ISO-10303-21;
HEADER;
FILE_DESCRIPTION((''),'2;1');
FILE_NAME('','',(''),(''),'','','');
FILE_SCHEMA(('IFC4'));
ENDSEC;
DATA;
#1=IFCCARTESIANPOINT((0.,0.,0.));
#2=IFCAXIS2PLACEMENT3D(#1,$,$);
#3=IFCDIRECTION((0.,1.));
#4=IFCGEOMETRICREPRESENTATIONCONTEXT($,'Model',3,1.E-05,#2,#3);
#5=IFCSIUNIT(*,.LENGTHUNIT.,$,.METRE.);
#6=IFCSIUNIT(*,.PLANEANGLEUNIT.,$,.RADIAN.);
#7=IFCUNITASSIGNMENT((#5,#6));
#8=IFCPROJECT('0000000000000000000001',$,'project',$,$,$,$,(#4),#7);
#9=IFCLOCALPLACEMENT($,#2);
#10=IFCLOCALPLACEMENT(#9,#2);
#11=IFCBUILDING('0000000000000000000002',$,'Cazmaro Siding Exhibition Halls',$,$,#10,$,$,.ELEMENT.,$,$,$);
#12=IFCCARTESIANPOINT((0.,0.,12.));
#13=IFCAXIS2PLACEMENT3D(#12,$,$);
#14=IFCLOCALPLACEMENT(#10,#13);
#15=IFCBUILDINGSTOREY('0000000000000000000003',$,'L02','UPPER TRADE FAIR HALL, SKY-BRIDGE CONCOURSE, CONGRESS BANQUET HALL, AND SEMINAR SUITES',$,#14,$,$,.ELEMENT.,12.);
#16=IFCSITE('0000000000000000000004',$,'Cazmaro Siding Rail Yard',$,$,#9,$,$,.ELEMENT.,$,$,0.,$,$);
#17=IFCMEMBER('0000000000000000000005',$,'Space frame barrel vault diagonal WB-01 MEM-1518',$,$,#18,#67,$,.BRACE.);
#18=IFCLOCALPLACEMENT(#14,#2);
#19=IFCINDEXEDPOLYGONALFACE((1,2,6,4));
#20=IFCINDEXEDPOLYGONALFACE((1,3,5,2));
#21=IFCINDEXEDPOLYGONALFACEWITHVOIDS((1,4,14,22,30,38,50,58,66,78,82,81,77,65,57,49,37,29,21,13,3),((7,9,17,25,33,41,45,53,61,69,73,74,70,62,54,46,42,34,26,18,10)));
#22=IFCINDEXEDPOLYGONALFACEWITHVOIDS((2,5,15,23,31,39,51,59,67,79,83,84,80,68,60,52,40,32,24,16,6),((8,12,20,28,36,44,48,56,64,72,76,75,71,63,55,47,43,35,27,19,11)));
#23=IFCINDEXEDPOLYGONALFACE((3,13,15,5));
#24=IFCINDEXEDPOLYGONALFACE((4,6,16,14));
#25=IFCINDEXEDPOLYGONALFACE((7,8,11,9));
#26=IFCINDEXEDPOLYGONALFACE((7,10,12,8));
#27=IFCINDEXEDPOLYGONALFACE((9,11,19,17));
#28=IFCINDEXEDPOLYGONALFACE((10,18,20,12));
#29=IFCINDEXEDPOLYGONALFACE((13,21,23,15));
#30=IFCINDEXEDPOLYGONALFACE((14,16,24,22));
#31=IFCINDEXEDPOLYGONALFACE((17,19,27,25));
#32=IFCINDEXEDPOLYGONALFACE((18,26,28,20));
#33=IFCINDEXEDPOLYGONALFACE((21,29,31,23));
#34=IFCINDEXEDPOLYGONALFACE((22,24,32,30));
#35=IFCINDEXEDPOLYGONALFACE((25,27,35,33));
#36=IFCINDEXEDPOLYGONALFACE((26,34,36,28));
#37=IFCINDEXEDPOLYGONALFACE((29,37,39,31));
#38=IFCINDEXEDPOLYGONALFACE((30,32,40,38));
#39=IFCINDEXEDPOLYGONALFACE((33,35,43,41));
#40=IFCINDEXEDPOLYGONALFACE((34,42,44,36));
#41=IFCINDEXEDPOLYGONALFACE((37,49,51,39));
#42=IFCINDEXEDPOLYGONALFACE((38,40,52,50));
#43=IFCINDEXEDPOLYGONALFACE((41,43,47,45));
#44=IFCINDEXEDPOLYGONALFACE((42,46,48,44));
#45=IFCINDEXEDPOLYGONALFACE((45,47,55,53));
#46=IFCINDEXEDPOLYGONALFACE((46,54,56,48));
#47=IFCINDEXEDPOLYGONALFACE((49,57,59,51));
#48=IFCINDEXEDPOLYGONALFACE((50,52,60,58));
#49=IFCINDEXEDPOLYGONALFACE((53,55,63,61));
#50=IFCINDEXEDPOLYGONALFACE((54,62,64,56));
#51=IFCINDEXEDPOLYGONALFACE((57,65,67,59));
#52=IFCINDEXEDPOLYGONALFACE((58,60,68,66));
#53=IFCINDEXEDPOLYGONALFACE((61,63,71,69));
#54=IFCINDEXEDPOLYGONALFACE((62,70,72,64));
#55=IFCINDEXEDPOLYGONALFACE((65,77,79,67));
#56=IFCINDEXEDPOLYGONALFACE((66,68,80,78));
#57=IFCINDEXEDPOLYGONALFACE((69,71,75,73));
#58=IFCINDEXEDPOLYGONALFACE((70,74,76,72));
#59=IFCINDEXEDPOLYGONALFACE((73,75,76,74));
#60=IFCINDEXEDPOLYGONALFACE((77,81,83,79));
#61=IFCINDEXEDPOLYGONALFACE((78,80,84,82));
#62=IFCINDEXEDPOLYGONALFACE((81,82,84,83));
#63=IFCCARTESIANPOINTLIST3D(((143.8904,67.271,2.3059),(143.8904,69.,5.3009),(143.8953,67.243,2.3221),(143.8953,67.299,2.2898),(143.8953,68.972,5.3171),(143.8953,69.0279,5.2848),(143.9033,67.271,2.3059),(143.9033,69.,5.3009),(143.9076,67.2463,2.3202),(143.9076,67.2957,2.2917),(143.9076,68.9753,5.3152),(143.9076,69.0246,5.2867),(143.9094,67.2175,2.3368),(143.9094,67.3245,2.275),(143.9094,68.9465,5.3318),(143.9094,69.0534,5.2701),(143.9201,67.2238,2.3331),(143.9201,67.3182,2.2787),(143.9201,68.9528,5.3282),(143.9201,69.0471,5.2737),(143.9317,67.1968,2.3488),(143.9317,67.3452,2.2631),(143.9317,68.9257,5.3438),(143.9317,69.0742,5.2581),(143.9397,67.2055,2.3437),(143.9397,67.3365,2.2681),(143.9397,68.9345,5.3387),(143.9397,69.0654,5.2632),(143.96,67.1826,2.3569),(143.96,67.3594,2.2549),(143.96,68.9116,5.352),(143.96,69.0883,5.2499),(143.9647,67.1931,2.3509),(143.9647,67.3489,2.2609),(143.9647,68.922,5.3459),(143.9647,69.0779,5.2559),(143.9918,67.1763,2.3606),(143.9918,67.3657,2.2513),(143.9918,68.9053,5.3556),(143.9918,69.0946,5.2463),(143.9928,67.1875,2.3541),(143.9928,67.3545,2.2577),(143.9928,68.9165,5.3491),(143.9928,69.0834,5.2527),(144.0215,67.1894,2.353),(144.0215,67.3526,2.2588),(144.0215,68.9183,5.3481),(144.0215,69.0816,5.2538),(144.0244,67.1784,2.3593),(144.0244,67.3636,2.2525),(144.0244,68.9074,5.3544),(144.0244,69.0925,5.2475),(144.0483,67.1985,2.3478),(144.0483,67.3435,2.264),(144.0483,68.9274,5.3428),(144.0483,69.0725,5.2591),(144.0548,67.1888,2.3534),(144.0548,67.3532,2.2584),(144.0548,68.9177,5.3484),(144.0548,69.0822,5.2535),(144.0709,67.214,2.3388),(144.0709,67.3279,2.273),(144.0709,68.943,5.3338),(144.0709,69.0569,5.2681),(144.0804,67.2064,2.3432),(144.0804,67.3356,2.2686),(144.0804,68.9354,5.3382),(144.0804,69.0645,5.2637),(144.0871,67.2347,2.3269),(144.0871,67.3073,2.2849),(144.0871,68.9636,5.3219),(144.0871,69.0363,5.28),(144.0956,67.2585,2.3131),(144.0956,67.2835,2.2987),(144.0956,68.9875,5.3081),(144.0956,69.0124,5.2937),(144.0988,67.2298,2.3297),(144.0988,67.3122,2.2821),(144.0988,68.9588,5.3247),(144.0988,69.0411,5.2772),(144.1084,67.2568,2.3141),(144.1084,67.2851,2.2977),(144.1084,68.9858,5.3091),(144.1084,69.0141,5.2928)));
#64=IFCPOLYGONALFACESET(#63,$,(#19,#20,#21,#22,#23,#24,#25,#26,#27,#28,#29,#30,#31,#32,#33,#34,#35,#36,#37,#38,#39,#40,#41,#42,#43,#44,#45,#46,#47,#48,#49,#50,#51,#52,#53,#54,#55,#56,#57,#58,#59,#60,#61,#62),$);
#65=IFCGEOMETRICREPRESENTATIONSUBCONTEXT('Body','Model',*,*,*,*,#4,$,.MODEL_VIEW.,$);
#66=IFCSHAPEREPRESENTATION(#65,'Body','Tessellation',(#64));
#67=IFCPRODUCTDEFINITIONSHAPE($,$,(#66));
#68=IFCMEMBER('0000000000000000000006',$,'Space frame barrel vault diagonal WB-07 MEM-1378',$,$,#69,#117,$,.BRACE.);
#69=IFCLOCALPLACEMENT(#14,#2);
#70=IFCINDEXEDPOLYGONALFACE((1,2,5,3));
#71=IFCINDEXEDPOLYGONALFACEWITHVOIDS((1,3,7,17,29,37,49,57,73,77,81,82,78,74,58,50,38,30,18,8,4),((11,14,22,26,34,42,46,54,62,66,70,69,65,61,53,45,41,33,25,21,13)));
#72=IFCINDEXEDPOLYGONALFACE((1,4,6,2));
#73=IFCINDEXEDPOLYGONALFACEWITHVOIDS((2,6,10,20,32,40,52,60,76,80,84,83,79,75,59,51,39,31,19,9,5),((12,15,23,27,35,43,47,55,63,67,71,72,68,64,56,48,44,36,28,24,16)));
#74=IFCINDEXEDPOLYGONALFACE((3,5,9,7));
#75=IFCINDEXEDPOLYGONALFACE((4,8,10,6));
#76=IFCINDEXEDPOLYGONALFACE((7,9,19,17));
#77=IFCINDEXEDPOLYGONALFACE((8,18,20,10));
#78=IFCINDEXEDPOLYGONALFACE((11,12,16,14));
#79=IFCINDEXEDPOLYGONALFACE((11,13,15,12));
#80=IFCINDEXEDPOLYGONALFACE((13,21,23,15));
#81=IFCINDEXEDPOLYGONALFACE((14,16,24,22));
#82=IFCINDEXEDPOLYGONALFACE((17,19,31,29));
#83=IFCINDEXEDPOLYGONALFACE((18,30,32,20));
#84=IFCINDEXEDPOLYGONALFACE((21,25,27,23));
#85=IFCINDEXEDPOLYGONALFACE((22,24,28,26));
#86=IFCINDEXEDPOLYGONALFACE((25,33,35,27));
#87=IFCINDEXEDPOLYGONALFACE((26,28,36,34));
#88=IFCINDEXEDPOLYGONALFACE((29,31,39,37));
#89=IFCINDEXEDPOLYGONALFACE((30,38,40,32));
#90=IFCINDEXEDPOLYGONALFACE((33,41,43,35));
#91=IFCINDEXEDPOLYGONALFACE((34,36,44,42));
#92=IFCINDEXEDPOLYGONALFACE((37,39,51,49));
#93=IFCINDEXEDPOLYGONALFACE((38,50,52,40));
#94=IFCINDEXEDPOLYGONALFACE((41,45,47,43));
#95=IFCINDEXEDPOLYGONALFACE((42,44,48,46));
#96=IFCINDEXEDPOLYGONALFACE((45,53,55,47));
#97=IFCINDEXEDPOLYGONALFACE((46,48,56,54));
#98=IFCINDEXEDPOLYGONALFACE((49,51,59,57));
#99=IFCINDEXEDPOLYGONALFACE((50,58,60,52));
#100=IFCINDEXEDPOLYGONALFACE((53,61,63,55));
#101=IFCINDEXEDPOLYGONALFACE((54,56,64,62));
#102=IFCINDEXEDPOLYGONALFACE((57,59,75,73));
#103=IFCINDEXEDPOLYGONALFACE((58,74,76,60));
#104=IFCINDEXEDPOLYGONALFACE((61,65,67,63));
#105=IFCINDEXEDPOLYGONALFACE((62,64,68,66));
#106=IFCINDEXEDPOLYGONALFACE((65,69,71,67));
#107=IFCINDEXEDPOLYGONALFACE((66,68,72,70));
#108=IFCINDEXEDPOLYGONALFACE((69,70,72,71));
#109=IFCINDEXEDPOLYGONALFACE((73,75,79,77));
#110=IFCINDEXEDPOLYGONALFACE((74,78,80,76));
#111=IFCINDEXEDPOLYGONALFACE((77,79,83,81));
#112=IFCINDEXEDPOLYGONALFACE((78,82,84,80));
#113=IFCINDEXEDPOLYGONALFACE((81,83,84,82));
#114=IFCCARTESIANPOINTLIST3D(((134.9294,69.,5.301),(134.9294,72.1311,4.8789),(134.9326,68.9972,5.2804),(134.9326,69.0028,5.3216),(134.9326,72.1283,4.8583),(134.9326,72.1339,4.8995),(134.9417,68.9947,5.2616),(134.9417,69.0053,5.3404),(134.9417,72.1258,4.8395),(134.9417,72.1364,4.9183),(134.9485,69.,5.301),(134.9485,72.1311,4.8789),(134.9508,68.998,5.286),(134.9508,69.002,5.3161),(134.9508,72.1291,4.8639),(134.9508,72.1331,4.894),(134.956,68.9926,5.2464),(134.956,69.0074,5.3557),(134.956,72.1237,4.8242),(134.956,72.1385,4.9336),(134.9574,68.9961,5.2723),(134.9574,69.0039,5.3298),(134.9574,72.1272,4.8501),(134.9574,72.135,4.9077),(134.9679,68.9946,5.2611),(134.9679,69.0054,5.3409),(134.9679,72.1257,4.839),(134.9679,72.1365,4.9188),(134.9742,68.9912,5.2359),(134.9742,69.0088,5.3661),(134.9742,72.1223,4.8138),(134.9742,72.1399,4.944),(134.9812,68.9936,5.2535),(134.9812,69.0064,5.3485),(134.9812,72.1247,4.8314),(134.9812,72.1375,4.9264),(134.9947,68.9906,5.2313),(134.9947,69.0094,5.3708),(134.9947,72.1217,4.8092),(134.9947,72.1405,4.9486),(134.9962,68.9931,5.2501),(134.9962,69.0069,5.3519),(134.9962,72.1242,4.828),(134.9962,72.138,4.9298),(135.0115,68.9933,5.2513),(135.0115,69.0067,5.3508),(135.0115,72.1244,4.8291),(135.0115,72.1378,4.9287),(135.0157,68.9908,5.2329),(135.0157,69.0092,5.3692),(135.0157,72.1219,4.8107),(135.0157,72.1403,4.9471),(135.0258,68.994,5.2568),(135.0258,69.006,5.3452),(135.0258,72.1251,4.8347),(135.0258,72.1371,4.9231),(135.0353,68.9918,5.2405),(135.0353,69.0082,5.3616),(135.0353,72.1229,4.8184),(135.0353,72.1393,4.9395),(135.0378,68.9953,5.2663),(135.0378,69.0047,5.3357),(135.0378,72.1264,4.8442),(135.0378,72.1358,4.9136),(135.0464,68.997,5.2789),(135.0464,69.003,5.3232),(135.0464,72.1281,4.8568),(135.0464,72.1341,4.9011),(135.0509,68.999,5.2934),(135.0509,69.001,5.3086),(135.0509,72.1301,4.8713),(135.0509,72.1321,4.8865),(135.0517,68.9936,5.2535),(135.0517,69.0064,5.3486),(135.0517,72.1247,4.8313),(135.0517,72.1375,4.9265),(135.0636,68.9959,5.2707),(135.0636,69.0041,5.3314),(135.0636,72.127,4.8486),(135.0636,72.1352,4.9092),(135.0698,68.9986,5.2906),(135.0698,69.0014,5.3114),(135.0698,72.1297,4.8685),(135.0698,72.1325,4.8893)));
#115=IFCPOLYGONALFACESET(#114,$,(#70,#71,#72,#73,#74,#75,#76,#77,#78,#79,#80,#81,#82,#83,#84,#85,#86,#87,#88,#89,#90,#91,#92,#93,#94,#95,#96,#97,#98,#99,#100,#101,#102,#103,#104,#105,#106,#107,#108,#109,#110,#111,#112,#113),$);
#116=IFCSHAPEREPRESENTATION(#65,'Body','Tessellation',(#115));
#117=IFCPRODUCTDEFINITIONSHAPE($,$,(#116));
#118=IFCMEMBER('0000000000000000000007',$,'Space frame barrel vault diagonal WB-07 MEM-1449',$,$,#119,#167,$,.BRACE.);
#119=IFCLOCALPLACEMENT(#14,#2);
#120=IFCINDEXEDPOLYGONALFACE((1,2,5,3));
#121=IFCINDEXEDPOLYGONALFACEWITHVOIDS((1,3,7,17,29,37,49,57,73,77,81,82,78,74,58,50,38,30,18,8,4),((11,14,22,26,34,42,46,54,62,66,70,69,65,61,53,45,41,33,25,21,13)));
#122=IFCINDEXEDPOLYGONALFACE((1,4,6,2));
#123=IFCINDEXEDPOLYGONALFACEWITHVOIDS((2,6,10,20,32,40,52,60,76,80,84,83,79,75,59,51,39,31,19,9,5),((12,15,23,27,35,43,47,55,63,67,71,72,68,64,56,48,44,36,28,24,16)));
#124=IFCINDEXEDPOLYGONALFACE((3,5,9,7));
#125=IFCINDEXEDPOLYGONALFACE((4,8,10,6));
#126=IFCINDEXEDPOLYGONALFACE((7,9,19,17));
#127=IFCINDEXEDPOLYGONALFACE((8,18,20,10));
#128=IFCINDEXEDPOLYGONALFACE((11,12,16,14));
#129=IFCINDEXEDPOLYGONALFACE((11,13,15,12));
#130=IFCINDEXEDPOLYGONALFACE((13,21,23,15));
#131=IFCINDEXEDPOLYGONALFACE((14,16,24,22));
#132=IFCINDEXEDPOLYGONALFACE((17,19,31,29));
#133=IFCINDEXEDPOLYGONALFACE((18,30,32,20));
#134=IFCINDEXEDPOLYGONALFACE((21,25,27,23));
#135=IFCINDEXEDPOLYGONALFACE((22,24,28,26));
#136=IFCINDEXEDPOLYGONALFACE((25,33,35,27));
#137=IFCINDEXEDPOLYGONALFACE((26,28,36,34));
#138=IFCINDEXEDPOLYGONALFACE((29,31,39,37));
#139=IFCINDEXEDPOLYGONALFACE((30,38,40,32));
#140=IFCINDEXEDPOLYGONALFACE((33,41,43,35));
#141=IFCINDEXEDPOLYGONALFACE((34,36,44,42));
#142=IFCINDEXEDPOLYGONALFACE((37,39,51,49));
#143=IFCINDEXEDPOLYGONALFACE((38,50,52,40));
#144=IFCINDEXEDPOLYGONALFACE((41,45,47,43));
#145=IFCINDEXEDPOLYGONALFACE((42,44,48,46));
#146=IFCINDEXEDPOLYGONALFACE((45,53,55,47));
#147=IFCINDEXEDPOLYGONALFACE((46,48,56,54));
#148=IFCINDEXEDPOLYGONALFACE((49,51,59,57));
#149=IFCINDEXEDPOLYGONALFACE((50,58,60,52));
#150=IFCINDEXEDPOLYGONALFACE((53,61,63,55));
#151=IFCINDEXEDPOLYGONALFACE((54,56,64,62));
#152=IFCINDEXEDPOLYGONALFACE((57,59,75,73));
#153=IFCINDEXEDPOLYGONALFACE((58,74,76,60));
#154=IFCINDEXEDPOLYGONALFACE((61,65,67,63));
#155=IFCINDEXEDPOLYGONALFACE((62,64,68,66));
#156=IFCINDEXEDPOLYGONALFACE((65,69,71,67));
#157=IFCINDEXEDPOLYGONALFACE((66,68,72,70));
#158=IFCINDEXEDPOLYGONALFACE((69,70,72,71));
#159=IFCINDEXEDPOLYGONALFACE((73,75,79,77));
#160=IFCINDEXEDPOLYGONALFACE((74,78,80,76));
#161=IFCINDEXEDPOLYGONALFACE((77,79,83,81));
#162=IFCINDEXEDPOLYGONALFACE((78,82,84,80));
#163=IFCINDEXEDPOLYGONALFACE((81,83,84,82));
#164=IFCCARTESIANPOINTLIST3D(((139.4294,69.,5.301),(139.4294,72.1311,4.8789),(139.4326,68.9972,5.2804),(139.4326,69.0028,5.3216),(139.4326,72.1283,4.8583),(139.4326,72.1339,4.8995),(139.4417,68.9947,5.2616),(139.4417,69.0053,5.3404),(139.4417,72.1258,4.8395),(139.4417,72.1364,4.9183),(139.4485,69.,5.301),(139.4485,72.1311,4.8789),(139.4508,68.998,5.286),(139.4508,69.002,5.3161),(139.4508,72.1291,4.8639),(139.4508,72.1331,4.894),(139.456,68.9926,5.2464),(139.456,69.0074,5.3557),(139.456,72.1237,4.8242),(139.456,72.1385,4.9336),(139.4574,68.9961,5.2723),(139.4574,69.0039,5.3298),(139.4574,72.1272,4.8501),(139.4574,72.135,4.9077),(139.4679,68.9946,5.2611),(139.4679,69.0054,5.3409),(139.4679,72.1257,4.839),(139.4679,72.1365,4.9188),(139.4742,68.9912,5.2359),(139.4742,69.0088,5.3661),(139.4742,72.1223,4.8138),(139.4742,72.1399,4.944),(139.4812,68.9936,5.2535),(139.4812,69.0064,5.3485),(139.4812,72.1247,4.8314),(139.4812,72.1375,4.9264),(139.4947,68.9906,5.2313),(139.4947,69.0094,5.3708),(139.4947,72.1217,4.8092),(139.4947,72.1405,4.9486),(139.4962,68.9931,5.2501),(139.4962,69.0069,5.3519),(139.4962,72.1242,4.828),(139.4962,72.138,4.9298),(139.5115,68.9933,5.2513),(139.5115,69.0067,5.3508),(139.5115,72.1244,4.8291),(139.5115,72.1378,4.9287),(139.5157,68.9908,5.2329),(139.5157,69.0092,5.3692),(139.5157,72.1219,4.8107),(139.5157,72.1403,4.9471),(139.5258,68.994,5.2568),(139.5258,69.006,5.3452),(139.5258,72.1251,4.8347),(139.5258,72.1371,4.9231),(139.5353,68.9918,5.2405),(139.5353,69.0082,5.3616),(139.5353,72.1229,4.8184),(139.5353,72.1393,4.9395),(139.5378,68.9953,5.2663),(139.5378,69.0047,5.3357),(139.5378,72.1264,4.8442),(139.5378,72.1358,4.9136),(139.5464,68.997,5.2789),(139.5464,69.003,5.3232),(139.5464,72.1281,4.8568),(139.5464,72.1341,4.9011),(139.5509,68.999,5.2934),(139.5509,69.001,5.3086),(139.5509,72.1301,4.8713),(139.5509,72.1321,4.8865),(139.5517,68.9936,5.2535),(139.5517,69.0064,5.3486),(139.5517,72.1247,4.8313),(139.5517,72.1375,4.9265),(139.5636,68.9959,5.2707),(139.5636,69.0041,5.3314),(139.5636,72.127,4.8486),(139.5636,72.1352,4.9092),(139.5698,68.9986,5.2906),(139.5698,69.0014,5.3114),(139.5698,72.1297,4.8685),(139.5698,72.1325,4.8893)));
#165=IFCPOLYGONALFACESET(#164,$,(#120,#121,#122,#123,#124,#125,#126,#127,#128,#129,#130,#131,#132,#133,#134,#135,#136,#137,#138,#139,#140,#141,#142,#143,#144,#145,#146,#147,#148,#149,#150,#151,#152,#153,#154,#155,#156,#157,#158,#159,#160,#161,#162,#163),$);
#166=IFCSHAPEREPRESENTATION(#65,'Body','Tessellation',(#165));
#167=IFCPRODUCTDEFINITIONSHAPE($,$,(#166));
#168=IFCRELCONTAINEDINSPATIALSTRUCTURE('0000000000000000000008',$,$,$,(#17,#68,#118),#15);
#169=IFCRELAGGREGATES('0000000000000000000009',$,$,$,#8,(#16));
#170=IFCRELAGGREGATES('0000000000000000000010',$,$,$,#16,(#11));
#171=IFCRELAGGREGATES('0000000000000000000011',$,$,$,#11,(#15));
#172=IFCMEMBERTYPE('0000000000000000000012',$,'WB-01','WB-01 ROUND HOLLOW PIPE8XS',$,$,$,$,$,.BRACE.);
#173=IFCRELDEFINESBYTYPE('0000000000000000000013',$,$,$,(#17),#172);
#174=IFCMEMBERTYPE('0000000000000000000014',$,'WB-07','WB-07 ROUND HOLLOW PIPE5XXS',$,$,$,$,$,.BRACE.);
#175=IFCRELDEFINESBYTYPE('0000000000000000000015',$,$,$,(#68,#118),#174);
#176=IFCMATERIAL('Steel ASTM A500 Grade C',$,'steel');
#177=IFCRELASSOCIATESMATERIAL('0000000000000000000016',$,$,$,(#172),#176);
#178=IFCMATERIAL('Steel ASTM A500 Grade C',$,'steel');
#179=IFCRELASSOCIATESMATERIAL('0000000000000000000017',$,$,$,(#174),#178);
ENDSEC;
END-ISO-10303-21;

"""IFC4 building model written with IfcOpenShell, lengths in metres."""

from ifc_helpers import new_model, si_unit, direction, frame, origin, origin_2d, place, context, subcontext, project, spatial, hollow_circle, extrude, material, material_profile, profile_set, type_object, element, save


model = new_model("IFC4")

# Units and contexts
model_context = context("Model", 3, precision=1e-05, world=origin(), true_north=direction((0.0, 1.0)))
body_context = subcontext(model_context, "Body", "Model", "MODEL_VIEW")
ifc_project = project(units=[si_unit("LENGTHUNIT", "METRE"), si_unit("PLANEANGLEUNIT", "RADIAN")], contexts=[model_context])

# Site, building, storey
site_placement = place(None, origin())
site = spatial("IfcSite", under=ifc_project, at=site_placement, Name="Cazmaro Siding Rail Yard", CompositionType="ELEMENT", RefElevation=0.0)
building_placement = place(site_placement, origin())
building = spatial("IfcBuilding", under=site, at=building_placement, Name="Cazmaro Siding Exhibition Halls", CompositionType="ELEMENT")
storey_placement = place(building_placement, frame((0.0, 0.0, 12.0)))
storey = spatial("IfcBuildingStorey", under=building, at=storey_placement, Name="L02", Description="UPPER TRADE FAIR HALL, SKY-BRIDGE CONCOURSE, CONGRESS BANQUET HALL, AND SEMINAR SUITES", CompositionType="ELEMENT", Elevation=12.0)

# Members
ifc_material_1 = material(Name="Steel ASTM A500 Grade C", Category="steel")
ifc_material_profile_1 = material_profile(ifc_material_1, hollow_circle(Radius=0.1096, WallThickness=0.0129, at=origin_2d()), Name="PIPE8XS")
ifc_profile_set_1 = profile_set([ifc_material_profile_1], Name="Steel ASTM A500 Grade C")
member_type_1 = type_object("IfcMemberType", Name="WB-01", Description="WB-01 ROUND HOLLOW PIPE8XS", PredefinedType="BRACE", material=ifc_profile_set_1)
for number, where, z_axis, x_axis, name in (
    (1, (144.0, 67.271, 2.3059), (0.0, 0.499951, 0.866054), (-1.0, 0.0, 0.0), "Space frame barrel vault diagonal WB-01 MEM-1518"),
):
    element("IfcMember", number, at=place(storey_placement, frame(where, z_axis=z_axis, x_axis=x_axis)), inside=storey, type_object=member_type_1, Name=name, PredefinedType="BRACE", context=body_context, shape_type="SweptSolid", body=[
        extrude(hollow_circle(Radius=0.1096, WallThickness=0.0129, at=origin_2d()), origin(), (0.0, 0.0, 1.0), 3.4583),
    ])
ifc_material_2 = material(Name="Steel ASTM A500 Grade C", Category="steel")
ifc_material_profile_2 = material_profile(ifc_material_2, hollow_circle(Radius=0.0706, WallThickness=0.019, at=origin_2d()), Name="PIPE5XXS")
ifc_profile_set_2 = profile_set([ifc_material_profile_2], Name="Steel ASTM A500 Grade C")
member_type_2 = type_object("IfcMemberType", Name="WB-07", Description="WB-07 ROUND HOLLOW PIPE5XXS", PredefinedType="BRACE", material=ifc_profile_set_2)
for number, where, z_axis, x_axis, name in (
    (2, (135.0, 69.0, 5.301), (0.0, 0.991035, -0.133606), (-1.0, 0.0, 0.0), "Space frame barrel vault diagonal WB-07 MEM-1378"),
    (3, (139.5, 69.0, 5.301), (0.0, 0.991035, -0.133606), (-1.0, 0.0, 0.0), "Space frame barrel vault diagonal WB-07 MEM-1449"),
):
    element("IfcMember", number, at=place(storey_placement, frame(where, z_axis=z_axis, x_axis=x_axis)), inside=storey, type_object=member_type_2, Name=name, PredefinedType="BRACE", context=body_context, shape_type="SweptSolid", body=[
        extrude(hollow_circle(Radius=0.0706, WallThickness=0.019, at=origin_2d()), origin(), (0.0, 0.0, 1.0), 3.1594),
    ])

save(model, "model.ifc")
